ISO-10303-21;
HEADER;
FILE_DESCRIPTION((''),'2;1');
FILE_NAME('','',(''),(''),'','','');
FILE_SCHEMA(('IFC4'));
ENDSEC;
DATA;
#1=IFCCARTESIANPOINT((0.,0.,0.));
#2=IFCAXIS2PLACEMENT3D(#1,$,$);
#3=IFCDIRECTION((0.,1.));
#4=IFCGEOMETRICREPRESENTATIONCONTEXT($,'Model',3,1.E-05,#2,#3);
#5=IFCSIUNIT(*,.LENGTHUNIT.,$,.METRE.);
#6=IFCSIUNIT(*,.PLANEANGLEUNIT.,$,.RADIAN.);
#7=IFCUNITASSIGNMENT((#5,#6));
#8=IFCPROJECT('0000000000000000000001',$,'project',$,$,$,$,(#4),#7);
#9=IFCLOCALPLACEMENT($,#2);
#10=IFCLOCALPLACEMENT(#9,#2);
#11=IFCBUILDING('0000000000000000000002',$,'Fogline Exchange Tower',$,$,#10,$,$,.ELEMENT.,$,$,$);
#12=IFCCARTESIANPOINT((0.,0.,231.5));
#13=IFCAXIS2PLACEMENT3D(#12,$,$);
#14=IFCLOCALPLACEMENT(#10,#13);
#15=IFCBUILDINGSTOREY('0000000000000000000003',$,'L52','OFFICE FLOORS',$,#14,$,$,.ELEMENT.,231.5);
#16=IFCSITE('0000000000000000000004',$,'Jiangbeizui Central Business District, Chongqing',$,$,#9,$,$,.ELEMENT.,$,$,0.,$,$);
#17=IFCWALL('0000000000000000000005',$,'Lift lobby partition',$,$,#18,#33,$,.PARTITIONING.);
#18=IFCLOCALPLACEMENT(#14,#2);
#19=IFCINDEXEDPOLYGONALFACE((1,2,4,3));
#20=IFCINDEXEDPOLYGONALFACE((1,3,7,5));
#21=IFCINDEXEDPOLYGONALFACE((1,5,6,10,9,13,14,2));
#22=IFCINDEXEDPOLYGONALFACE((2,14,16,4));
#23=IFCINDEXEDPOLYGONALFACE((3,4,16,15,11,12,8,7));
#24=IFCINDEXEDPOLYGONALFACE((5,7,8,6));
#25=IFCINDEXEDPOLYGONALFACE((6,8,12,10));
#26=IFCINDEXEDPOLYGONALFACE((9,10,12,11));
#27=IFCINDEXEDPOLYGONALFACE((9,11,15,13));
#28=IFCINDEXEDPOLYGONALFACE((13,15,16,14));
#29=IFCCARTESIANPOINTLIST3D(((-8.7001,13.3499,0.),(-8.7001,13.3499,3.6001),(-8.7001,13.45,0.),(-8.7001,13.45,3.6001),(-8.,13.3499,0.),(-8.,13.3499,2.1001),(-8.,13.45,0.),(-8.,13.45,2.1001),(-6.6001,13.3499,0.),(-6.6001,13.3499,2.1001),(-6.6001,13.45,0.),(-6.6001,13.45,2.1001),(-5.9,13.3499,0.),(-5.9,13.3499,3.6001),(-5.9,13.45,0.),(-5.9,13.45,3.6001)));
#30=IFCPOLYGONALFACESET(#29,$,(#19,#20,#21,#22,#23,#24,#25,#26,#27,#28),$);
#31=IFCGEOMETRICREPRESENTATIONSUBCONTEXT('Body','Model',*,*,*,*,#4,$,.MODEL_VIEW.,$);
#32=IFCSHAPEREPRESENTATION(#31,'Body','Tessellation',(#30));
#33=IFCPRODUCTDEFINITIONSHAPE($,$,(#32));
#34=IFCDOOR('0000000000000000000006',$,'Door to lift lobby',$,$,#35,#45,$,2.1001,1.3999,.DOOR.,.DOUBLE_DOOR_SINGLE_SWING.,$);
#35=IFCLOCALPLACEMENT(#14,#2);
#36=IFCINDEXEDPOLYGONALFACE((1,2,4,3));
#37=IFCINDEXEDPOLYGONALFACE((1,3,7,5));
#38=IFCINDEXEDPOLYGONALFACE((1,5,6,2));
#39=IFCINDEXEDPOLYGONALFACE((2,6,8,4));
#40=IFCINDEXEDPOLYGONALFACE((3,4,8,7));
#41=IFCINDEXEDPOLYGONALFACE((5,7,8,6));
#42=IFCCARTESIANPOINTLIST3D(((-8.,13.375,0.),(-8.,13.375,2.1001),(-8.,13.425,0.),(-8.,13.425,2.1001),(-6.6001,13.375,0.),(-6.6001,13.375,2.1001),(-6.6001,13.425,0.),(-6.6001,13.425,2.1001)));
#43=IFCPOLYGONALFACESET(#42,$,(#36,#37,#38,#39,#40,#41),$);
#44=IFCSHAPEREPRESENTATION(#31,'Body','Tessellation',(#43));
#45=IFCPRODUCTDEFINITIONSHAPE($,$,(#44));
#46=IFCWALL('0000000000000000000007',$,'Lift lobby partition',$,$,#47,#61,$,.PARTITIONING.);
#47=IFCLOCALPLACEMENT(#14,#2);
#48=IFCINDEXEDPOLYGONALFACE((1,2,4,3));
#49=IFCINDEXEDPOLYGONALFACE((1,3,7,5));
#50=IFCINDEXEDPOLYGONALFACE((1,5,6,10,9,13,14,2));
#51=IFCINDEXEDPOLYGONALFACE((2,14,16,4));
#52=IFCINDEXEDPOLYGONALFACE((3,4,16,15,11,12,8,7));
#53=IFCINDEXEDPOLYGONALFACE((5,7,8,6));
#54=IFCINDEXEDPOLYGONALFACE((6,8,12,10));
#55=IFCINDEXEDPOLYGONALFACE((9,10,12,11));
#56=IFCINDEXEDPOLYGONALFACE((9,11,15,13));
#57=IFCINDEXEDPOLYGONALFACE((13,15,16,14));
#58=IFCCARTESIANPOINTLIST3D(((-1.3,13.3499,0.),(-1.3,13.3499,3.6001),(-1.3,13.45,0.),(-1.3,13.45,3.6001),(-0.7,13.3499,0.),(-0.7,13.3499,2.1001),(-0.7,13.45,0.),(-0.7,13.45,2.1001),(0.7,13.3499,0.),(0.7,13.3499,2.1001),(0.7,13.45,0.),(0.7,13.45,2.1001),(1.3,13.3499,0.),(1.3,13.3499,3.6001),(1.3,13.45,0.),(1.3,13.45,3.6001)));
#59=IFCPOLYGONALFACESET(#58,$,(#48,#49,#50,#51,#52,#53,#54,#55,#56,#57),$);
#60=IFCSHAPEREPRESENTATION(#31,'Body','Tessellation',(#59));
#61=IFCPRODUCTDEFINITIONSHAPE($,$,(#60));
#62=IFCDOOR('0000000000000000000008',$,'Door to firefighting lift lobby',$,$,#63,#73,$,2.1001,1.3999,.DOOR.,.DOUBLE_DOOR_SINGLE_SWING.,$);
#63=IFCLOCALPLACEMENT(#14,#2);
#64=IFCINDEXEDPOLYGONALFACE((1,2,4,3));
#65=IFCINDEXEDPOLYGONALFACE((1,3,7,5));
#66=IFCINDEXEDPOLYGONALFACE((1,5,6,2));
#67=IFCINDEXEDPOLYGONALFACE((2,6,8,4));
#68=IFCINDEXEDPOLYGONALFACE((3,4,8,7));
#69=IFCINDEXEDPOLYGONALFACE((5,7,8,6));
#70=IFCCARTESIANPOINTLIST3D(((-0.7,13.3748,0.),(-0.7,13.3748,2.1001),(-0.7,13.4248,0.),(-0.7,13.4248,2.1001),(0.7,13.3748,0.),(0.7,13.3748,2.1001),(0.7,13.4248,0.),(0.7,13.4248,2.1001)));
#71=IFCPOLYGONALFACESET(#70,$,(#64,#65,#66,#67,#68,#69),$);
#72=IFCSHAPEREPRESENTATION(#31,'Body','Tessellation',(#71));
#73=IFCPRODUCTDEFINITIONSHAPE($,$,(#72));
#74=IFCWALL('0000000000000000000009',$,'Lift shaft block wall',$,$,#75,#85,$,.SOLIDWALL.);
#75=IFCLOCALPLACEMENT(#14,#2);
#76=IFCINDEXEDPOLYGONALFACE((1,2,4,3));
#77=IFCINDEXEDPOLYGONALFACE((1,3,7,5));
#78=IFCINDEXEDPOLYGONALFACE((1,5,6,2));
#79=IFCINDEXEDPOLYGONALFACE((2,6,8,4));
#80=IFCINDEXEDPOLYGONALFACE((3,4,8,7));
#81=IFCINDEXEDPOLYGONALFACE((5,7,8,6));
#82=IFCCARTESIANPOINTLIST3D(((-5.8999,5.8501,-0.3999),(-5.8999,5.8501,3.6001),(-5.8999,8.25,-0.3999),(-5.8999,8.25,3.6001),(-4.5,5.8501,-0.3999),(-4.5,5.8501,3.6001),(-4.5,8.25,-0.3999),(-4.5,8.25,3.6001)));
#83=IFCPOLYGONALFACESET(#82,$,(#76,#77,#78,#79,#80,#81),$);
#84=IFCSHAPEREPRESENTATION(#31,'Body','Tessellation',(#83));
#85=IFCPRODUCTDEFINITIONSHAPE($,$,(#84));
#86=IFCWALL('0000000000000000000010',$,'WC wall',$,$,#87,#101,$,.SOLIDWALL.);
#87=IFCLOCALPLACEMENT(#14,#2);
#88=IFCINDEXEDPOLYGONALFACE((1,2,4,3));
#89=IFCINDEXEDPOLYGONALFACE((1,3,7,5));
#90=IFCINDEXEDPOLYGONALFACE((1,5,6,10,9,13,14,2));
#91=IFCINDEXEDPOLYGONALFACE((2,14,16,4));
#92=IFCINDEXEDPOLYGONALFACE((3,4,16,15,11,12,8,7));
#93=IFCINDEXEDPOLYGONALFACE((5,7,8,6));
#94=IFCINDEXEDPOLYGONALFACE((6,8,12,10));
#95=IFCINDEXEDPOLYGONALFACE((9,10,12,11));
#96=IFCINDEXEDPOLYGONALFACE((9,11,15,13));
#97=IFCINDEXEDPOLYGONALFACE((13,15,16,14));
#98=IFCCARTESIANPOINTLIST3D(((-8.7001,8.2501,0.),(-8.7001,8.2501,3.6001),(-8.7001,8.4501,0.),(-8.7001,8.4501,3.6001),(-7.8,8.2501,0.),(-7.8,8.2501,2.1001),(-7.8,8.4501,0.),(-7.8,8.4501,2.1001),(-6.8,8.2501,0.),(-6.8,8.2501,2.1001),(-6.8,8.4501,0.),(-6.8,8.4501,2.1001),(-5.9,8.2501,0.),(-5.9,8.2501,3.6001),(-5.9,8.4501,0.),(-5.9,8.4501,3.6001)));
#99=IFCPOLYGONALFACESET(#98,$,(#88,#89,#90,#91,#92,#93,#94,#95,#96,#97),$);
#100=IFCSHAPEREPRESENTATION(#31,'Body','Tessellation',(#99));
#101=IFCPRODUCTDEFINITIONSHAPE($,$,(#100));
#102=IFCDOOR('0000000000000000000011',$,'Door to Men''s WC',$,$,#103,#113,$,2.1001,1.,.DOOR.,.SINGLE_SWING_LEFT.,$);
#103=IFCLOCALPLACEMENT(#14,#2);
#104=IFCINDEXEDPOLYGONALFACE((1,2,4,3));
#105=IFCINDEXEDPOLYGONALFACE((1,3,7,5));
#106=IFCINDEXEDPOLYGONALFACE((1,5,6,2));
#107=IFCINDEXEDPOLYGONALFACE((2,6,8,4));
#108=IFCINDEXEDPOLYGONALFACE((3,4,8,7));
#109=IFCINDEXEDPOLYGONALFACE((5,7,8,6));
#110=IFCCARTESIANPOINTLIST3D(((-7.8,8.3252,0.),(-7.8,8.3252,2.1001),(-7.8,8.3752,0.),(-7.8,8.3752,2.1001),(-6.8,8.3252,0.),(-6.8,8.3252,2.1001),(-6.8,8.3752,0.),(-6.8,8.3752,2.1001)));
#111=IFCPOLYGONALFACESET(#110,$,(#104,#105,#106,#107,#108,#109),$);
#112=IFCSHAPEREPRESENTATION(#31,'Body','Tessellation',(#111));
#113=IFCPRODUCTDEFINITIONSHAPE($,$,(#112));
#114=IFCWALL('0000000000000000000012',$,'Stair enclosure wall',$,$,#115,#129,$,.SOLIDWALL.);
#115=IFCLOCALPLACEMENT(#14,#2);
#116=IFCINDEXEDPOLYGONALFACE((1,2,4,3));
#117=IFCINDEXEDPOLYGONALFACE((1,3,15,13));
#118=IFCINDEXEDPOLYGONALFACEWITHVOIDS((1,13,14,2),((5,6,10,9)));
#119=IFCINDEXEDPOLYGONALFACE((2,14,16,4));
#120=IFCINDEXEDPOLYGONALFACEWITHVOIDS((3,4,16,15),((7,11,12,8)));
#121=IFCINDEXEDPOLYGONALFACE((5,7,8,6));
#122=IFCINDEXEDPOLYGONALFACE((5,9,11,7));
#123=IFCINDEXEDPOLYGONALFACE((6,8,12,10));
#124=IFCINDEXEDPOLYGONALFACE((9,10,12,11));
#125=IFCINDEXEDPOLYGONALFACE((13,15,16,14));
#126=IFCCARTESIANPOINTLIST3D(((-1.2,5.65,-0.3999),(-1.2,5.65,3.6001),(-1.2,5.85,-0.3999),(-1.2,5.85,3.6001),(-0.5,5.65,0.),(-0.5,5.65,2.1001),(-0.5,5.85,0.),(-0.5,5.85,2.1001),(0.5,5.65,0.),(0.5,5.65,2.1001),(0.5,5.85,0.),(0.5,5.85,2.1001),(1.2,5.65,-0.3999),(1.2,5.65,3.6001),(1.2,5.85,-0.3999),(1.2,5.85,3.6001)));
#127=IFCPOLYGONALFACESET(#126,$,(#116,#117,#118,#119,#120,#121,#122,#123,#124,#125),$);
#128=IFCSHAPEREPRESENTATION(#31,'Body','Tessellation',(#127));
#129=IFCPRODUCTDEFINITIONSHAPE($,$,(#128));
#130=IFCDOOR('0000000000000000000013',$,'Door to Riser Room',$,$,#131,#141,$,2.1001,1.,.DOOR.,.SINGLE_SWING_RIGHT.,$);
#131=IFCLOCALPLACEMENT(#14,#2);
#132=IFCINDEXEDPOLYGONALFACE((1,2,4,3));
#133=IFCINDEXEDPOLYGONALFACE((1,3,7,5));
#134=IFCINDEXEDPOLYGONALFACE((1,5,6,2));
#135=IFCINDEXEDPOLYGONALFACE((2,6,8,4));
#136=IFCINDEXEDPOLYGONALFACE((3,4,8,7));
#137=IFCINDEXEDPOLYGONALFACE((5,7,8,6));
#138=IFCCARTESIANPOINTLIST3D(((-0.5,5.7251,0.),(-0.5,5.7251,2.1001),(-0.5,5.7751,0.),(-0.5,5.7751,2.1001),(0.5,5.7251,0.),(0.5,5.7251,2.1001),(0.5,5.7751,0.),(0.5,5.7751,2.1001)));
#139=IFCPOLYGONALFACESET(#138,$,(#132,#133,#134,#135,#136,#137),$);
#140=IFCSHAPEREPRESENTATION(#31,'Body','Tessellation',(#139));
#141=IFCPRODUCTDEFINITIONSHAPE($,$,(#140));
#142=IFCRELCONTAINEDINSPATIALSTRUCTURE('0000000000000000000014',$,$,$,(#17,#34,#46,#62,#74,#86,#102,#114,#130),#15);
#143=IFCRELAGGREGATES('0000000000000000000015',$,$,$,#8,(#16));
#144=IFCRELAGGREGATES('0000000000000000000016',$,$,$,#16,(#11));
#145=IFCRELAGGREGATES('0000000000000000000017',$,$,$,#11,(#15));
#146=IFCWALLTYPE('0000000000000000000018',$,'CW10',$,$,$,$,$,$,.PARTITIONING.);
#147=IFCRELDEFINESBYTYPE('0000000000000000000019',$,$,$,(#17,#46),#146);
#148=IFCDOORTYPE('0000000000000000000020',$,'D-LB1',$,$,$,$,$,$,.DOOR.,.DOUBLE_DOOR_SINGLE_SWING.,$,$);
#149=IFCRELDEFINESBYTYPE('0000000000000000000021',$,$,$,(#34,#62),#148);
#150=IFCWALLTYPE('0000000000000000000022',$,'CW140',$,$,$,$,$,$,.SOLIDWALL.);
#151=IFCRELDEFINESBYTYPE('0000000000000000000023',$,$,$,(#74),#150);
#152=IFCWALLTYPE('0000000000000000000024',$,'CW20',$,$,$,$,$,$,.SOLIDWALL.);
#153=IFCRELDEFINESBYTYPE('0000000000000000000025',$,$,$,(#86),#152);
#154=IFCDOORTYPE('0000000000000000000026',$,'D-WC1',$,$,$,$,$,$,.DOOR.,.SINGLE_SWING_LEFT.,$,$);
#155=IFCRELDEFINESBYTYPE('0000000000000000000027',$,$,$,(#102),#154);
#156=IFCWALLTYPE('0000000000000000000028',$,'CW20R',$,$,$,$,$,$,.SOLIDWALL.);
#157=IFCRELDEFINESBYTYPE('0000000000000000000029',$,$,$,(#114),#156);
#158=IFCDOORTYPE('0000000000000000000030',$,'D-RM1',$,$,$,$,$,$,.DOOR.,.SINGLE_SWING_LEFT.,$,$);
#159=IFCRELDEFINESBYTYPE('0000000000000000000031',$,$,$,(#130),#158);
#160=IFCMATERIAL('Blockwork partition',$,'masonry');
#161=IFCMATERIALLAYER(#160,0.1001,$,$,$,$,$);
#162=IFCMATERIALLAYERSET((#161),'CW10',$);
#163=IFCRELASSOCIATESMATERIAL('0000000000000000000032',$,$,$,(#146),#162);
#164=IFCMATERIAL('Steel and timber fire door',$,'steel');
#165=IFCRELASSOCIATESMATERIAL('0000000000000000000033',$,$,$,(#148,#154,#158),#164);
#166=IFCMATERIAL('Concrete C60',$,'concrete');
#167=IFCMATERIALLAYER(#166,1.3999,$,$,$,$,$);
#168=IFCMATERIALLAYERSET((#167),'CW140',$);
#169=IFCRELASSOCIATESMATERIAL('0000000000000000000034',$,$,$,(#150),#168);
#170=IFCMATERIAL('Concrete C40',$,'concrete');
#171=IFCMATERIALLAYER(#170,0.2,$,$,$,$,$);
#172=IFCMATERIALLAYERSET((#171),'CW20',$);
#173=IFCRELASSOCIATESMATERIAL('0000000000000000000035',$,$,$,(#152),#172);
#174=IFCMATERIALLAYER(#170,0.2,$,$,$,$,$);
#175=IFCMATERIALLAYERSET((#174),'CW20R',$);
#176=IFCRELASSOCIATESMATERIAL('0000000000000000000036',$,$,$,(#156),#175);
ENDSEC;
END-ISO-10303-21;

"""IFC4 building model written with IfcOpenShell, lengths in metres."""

from ifc_helpers import new_model, si_unit, direction, frame, frame_2d, origin, place, context, subcontext, project, spatial, rectangle, extrude, material, layer, layer_set, type_object, element, fill, save


model = new_model("IFC4")

# Units and contexts
model_context = context("Model", 3, precision=1e-05, world=origin(), true_north=direction((0.0, 1.0)))
body_context = subcontext(model_context, "Body", "Model", "MODEL_VIEW")
ifc_project = project(units=[si_unit("LENGTHUNIT", "METRE"), si_unit("PLANEANGLEUNIT", "RADIAN")], contexts=[model_context])

# Site, building, storey
site_placement = place(None, origin())
site = spatial("IfcSite", under=ifc_project, at=site_placement, Name="Jiangbeizui Central Business District, Chongqing", CompositionType="ELEMENT", RefElevation=0.0)
building_placement = place(site_placement, origin())
building = spatial("IfcBuilding", under=site, at=building_placement, Name="Fogline Exchange Tower", CompositionType="ELEMENT")
storey_placement = place(building_placement, frame((0.0, 0.0, 231.5)))
storey = spatial("IfcBuildingStorey", under=building, at=storey_placement, Name="L52", Description="OFFICE FLOORS", CompositionType="ELEMENT", Elevation=231.5)

# Walls, openings, doors
ifc_material_1 = material(Name="Blockwork partition", Category="masonry")
ifc_layer_1 = layer(ifc_material_1, 0.1001)
ifc_layer_set_1 = layer_set([ifc_layer_1], Name="CW10")
wall_type_1 = type_object("IfcWallType", Name="CW10", PredefinedType="PARTITIONING", material=ifc_layer_set_1)
wall_1_placement = place(storey_placement, frame((-8.7, 13.3999, 0.0), z_axis=(0.0, 0.0, 1.0), x_axis=(1.0, 0.0, 0.0)))
wall_1 = element("IfcWall", 1, at=wall_1_placement, inside=storey, type_object=wall_type_1, Name="Lift lobby partition", PredefinedType="PARTITIONING", context=body_context, shape_type="SweptSolid", body=[
    extrude(rectangle(XDim=2.8, YDim=0.1001, at=frame_2d((1.3999, 0.0))), origin(), (0.0, 0.0, 1.0), 3.6001),
])
opening_1_placement = place(wall_1_placement, frame((0.7, 0.0, 0.0)))
opening_1 = element("IfcOpeningElement", 2, at=opening_1_placement, cuts=wall_1, PredefinedType="OPENING", context=body_context, shape_type="SweptSolid", body=[
    extrude(rectangle(XDim=1.3999, YDim=2.1001, at=frame_2d((0.7, 1.05))), frame((0.0, 0.0601, 0.0), z_axis=(0.0, -1.0, 0.0), x_axis=(1.0, 0.0, 0.0)), (0.0, 0.0, 1.0), 0.1201),
])
ifc_material_2 = material(Name="Steel and timber fire door", Category="steel")
door_type_1 = type_object("IfcDoorType", Name="D-LB1", OperationType="DOUBLE_DOOR_SINGLE_SWING", PredefinedType="DOOR", material=ifc_material_2)
door_1_placement = place(opening_1_placement, frame((1.3999, 0.0, 0.0), z_axis=(0.0, 0.0, 1.0), x_axis=(-1.0, 0.0, 0.0)))
door_1 = element("IfcDoor", 3, at=door_1_placement, inside=storey, type_object=door_type_1, Name="Door to lift lobby", OperationType="DOUBLE_DOOR_SINGLE_SWING", OverallHeight=2.1001, OverallWidth=1.3999, PredefinedType="DOOR", context=body_context, shape_type="SweptSolid", body=[
    extrude(rectangle(XDim=1.3999, YDim=2.1001, at=frame_2d((0.7, 1.05))), frame((0.0, 0.0249, 0.0), z_axis=(0.0, -1.0, 0.0), x_axis=(1.0, 0.0, 0.0)), (0.0, 0.0, 1.0), 0.05),
])
fill(opening_1, door_1)
wall_2_placement = place(storey_placement, frame((-1.3, 13.3999, 0.0), z_axis=(0.0, 0.0, 1.0), x_axis=(1.0, 0.0, 0.0)))
wall_2 = element("IfcWall", 4, at=wall_2_placement, inside=storey, type_object=wall_type_1, Name="Lift lobby partition", PredefinedType="PARTITIONING", context=body_context, shape_type="SweptSolid", body=[
    extrude(rectangle(XDim=2.6001, YDim=0.1001, at=frame_2d((1.3, 0.0))), origin(), (0.0, 0.0, 1.0), 3.6001),
])
opening_2_placement = place(wall_2_placement, frame((0.6001, 0.0, 0.0)))
opening_2 = element("IfcOpeningElement", 5, at=opening_2_placement, cuts=wall_2, PredefinedType="OPENING", context=body_context, shape_type="SweptSolid", body=[
    extrude(rectangle(XDim=1.3999, YDim=2.1001, at=frame_2d((0.7, 1.05))), frame((0.0, 0.0601, 0.0), z_axis=(0.0, -1.0, 0.0), x_axis=(1.0, 0.0, 0.0)), (0.0, 0.0, 1.0), 0.1201),
])
door_2_placement = place(opening_2_placement, origin())
door_2 = element("IfcDoor", 6, at=door_2_placement, inside=storey, type_object=door_type_1, Name="Door to firefighting lift lobby", OperationType="DOUBLE_DOOR_SINGLE_SWING", OverallHeight=2.1001, OverallWidth=1.3999, PredefinedType="DOOR", context=body_context, shape_type="SweptSolid", body=[
    extrude(rectangle(XDim=1.3999, YDim=2.1001, at=frame_2d((0.7, 1.05))), frame((0.0, 0.0249, 0.0), z_axis=(0.0, -1.0, 0.0), x_axis=(1.0, 0.0, 0.0)), (0.0, 0.0, 1.0), 0.05),
])
fill(opening_2, door_2)

# Wall
ifc_material_3 = material(Name="Concrete C60", Category="concrete")
ifc_layer_2 = layer(ifc_material_3, 1.3999)
ifc_layer_set_2 = layer_set([ifc_layer_2], Name="CW140")
wall_type_2 = type_object("IfcWallType", Name="CW140", PredefinedType="SOLIDWALL", material=ifc_layer_set_2)
wall_3_placement = place(storey_placement, frame((-5.2, 5.8501, -0.3999), z_axis=(0.0, 0.0, 1.0), x_axis=(0.0, 1.0, 0.0)))
element("IfcWall", 7, at=wall_3_placement, inside=storey, type_object=wall_type_2, Name="Lift shaft block wall", PredefinedType="SOLIDWALL", context=body_context, shape_type="SweptSolid", body=[
    extrude(rectangle(XDim=2.3999, YDim=1.3999, at=frame_2d((1.2, 0.0))), origin(), (0.0, 0.0, 1.0), 4.0),
])

# Walls, openings, doors
ifc_material_4 = material(Name="Concrete C40", Category="concrete")
ifc_layer_3 = layer(ifc_material_4, 0.2)
ifc_layer_set_3 = layer_set([ifc_layer_3], Name="CW20")
wall_type_3 = type_object("IfcWallType", Name="CW20", PredefinedType="SOLIDWALL", material=ifc_layer_set_3)
wall_4_placement = place(storey_placement, frame((-8.7, 8.3501, 0.0), z_axis=(0.0, 0.0, 1.0), x_axis=(1.0, 0.0, 0.0)))
wall_4 = element("IfcWall", 8, at=wall_4_placement, inside=storey, type_object=wall_type_3, Name="WC wall", PredefinedType="SOLIDWALL", context=body_context, shape_type="SweptSolid", body=[
    extrude(rectangle(XDim=2.8, YDim=0.2, at=frame_2d((1.3999, 0.0))), origin(), (0.0, 0.0, 1.0), 3.6001),
])
opening_3_placement = place(wall_4_placement, frame((0.8999, 0.0, 0.0)))
opening_3 = element("IfcOpeningElement", 9, at=opening_3_placement, cuts=wall_4, PredefinedType="OPENING", context=body_context, shape_type="SweptSolid", body=[
    extrude(rectangle(XDim=1.0, YDim=2.1001, at=frame_2d((0.5, 1.05))), frame((0.0, 0.1099, 0.0), z_axis=(0.0, -1.0, 0.0), x_axis=(1.0, 0.0, 0.0)), (0.0, 0.0, 1.0), 0.22),
])
door_type_2 = type_object("IfcDoorType", Name="D-WC1", OperationType="SINGLE_SWING_LEFT", PredefinedType="DOOR", material=ifc_material_2)
door_3_placement = place(opening_3_placement, frame((1.0, 0.0, 0.0), z_axis=(0.0, 0.0, 1.0), x_axis=(-1.0, 0.0, 0.0)))
door_3 = element("IfcDoor", 10, at=door_3_placement, inside=storey, type_object=door_type_2, Name="Door to Men's WC", OperationType="SINGLE_SWING_LEFT", OverallHeight=2.1001, OverallWidth=1.0, PredefinedType="DOOR", context=body_context, shape_type="SweptSolid", body=[
    extrude(rectangle(XDim=1.0, YDim=2.1001, at=frame_2d((0.5, 1.05))), frame((0.0, 0.0249, 0.0), z_axis=(0.0, -1.0, 0.0), x_axis=(1.0, 0.0, 0.0)), (0.0, 0.0, 1.0), 0.05),
])
fill(opening_3, door_3)
ifc_layer_4 = layer(ifc_material_4, 0.2)
ifc_layer_set_4 = layer_set([ifc_layer_4], Name="CW20R")
wall_type_4 = type_object("IfcWallType", Name="CW20R", PredefinedType="SOLIDWALL", material=ifc_layer_set_4)
wall_5_placement = place(storey_placement, frame((-1.2, 5.75, -0.3999), z_axis=(0.0, 0.0, 1.0), x_axis=(1.0, 0.0, 0.0)))
wall_5 = element("IfcWall", 11, at=wall_5_placement, inside=storey, type_object=wall_type_4, Name="Stair enclosure wall", PredefinedType="SOLIDWALL", context=body_context, shape_type="SweptSolid", body=[
    extrude(rectangle(XDim=2.3999, YDim=0.2, at=frame_2d((1.2, 0.0))), origin(), (0.0, 0.0, 1.0), 4.0),
])
opening_4_placement = place(wall_5_placement, frame((0.7, 0.0, 0.3999)))
opening_4 = element("IfcOpeningElement", 12, at=opening_4_placement, cuts=wall_5, PredefinedType="OPENING", context=body_context, shape_type="SweptSolid", body=[
    extrude(rectangle(XDim=1.0, YDim=2.1001, at=frame_2d((0.5, 1.05))), frame((0.0, 0.1099, 0.0), z_axis=(0.0, -1.0, 0.0), x_axis=(1.0, 0.0, 0.0)), (0.0, 0.0, 1.0), 0.22),
])
door_type_3 = type_object("IfcDoorType", Name="D-RM1", OperationType="SINGLE_SWING_LEFT", PredefinedType="DOOR", material=ifc_material_2)
door_4_placement = place(opening_4_placement, frame((1.0, 0.0, 0.0), z_axis=(0.0, 0.0, 1.0), x_axis=(-1.0, 0.0, 0.0)))
door_4 = element("IfcDoor", 13, at=door_4_placement, inside=storey, type_object=door_type_3, Name="Door to Riser Room", OperationType="SINGLE_SWING_RIGHT", OverallHeight=2.1001, OverallWidth=1.0, PredefinedType="DOOR", context=body_context, shape_type="SweptSolid", body=[
    extrude(rectangle(XDim=1.0, YDim=2.1001, at=frame_2d((0.5, 1.05))), frame((0.0, 0.0249, 0.0), z_axis=(0.0, -1.0, 0.0), x_axis=(1.0, 0.0, 0.0)), (0.0, 0.0, 1.0), 0.05),
])
fill(opening_4, door_4)

save(model, "model.ifc")
